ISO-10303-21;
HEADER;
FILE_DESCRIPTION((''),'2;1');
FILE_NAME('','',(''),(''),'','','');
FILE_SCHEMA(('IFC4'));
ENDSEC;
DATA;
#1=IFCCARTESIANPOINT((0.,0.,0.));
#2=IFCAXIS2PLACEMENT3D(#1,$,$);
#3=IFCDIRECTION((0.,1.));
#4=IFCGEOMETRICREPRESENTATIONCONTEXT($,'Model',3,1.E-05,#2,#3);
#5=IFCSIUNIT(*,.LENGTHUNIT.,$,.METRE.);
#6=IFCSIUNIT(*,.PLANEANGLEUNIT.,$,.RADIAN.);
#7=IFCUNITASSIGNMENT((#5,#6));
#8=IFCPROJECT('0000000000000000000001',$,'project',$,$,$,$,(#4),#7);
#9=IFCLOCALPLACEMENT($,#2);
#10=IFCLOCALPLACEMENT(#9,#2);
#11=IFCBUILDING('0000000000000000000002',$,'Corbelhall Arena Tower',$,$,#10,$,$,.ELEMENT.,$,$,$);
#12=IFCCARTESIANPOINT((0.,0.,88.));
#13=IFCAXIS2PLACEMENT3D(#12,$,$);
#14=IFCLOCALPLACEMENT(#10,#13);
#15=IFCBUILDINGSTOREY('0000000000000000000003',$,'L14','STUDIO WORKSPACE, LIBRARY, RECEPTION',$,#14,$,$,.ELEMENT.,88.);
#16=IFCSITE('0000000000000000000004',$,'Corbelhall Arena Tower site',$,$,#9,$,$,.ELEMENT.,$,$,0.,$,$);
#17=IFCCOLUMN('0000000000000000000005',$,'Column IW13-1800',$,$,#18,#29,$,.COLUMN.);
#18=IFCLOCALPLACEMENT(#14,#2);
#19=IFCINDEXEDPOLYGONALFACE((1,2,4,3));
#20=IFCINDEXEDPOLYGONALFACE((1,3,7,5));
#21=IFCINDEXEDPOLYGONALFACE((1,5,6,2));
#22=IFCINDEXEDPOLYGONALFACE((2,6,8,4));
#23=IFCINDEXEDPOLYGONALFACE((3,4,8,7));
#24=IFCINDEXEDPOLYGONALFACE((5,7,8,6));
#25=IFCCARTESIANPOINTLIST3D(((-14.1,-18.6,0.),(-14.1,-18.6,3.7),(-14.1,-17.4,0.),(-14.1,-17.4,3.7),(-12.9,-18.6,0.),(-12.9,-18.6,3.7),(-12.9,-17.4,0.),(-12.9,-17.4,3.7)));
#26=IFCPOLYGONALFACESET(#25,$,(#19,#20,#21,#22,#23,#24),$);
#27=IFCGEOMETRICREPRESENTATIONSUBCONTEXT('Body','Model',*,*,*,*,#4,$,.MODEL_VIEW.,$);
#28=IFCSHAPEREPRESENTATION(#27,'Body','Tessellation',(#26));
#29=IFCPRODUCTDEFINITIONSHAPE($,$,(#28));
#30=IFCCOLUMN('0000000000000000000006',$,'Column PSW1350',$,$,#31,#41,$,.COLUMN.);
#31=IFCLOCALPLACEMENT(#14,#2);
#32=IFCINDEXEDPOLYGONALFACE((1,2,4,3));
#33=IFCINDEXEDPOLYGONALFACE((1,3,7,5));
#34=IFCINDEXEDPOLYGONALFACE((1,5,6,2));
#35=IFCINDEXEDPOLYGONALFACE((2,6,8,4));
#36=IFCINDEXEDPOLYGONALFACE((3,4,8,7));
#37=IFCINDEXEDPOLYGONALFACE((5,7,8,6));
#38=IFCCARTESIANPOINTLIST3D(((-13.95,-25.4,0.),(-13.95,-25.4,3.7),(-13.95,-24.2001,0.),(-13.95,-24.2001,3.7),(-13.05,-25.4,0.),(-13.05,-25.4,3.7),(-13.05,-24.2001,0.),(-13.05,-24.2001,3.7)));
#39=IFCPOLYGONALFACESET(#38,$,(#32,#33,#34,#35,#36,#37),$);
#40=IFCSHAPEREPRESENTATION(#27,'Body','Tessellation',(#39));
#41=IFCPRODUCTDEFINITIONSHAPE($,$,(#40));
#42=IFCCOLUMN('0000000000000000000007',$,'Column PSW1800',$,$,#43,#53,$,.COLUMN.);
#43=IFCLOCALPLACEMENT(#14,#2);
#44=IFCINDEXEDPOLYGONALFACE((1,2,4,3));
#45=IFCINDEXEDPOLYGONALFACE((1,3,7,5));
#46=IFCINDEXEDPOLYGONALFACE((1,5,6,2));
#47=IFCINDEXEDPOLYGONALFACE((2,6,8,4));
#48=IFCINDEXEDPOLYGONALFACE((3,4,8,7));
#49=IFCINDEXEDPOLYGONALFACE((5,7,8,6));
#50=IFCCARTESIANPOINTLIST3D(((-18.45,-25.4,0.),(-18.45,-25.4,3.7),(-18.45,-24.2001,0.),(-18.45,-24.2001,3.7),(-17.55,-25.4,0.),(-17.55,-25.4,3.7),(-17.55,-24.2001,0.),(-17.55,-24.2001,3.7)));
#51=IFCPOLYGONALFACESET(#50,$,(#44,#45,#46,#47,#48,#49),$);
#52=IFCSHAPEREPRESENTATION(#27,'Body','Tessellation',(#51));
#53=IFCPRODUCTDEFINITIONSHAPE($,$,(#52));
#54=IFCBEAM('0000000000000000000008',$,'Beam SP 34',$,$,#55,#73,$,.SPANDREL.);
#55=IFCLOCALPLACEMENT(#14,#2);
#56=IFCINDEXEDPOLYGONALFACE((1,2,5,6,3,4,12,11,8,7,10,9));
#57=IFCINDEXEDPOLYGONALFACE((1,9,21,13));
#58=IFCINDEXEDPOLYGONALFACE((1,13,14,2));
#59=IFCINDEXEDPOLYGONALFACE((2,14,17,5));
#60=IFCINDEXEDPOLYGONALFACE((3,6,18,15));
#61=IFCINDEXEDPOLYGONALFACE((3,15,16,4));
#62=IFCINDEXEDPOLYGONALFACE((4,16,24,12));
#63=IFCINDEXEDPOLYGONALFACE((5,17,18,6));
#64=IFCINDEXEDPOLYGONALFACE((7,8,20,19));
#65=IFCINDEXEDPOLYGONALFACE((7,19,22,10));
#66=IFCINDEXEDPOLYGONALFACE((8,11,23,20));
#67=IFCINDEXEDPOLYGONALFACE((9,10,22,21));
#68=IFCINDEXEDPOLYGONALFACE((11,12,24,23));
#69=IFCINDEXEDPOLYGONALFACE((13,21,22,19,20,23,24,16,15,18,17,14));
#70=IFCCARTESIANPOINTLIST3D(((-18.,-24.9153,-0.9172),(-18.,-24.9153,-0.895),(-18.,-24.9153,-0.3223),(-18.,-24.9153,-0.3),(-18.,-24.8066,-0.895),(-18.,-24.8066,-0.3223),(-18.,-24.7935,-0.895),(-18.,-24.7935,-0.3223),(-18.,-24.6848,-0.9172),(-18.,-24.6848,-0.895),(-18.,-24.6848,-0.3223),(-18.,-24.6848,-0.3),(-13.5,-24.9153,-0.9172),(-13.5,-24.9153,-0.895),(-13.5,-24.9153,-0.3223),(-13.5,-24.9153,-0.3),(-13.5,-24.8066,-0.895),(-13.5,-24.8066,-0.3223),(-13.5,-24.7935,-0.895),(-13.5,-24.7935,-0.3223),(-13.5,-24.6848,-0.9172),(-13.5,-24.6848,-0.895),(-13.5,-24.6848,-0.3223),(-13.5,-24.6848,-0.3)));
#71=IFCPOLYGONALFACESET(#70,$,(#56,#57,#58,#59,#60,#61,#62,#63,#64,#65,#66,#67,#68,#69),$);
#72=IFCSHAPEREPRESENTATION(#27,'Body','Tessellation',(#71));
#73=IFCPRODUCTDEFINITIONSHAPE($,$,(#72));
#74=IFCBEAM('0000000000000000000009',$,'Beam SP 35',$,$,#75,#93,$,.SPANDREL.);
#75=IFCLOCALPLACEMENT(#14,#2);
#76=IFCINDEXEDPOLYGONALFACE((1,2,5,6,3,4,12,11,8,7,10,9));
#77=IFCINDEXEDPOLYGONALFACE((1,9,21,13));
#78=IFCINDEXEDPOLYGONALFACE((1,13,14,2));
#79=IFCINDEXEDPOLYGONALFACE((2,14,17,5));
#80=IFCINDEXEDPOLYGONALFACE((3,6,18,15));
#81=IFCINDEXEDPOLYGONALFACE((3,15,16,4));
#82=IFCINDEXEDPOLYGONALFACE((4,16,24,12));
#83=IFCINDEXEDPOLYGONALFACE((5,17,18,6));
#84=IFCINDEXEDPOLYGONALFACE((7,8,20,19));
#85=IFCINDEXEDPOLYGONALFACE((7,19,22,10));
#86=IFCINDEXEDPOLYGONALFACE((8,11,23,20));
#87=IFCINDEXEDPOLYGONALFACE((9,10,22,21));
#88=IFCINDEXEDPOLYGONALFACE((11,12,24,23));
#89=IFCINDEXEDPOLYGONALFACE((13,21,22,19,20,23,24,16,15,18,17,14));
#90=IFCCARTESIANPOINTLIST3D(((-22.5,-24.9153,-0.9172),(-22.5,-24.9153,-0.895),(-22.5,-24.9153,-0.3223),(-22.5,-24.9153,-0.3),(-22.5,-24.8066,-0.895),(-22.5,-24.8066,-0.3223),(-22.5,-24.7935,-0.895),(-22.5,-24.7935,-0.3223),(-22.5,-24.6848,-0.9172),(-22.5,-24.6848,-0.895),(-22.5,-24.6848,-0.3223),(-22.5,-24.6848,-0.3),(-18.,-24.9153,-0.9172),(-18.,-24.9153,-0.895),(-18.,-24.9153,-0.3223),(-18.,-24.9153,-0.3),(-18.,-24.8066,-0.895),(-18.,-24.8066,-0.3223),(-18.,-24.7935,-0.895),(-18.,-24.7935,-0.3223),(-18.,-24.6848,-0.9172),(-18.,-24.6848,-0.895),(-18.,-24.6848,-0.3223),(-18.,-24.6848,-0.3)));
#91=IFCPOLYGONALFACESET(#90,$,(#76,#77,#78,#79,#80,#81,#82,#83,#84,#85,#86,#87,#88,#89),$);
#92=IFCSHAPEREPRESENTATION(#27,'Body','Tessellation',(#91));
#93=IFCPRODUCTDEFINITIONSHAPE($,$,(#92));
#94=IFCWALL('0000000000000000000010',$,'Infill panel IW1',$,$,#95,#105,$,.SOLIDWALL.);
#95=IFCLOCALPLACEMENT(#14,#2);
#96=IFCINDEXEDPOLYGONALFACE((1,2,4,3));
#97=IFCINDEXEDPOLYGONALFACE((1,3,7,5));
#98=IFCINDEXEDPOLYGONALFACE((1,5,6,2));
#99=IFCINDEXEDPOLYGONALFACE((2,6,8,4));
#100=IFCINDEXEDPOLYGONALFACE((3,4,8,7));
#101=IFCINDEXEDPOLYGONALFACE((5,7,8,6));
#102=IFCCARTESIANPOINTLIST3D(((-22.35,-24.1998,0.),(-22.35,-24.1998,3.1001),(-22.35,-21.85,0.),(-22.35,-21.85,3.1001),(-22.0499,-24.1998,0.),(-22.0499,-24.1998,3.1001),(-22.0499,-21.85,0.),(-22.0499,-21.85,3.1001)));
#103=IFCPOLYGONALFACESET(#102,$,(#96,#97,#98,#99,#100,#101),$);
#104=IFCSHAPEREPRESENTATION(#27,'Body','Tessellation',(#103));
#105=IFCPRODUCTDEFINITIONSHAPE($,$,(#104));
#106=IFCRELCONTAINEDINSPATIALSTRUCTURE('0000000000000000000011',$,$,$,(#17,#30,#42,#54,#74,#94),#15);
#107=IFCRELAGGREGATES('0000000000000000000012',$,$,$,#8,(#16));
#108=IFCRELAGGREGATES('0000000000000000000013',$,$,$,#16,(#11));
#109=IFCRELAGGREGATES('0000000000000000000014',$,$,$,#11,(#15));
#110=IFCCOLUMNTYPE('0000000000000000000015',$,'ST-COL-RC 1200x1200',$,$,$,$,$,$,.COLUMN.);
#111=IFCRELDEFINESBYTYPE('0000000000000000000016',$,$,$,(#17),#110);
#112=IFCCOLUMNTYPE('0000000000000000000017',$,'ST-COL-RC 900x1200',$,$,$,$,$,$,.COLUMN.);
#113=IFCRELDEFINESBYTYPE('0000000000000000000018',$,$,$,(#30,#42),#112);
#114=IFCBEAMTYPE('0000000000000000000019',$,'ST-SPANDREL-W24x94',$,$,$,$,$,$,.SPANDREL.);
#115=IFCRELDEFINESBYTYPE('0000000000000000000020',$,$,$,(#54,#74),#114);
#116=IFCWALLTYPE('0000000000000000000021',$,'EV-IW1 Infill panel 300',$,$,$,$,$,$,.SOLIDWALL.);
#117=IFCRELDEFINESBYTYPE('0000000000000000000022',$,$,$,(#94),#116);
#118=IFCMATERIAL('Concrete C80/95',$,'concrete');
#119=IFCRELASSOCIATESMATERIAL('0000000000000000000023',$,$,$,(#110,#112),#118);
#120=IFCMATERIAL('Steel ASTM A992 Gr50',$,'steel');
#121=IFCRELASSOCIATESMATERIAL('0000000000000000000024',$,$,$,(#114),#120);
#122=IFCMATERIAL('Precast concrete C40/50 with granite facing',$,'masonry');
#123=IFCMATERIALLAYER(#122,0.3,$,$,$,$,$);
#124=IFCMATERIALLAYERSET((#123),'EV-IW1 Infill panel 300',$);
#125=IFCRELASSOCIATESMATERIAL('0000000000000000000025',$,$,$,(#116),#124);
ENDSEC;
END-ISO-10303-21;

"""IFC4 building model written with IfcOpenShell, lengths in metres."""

from ifc_helpers import new_model, si_unit, direction, frame, frame_2d, origin, origin_2d, place, context, subcontext, project, spatial, rectangle, i_section, extrude, material, layer, layer_set, material_profile, profile_set, type_object, element, save


model = new_model("IFC4")

# Units and contexts
model_context = context("Model", 3, precision=1e-05, world=origin(), true_north=direction((0.0, 1.0)))
body_context = subcontext(model_context, "Body", "Model", "MODEL_VIEW")
ifc_project = project(units=[si_unit("LENGTHUNIT", "METRE"), si_unit("PLANEANGLEUNIT", "RADIAN")], contexts=[model_context])

# Site, building, storey
site_placement = place(None, origin())
site = spatial("IfcSite", under=ifc_project, at=site_placement, Name="Corbelhall Arena Tower site", CompositionType="ELEMENT", RefElevation=0.0)
building_placement = place(site_placement, origin())
building = spatial("IfcBuilding", under=site, at=building_placement, Name="Corbelhall Arena Tower", CompositionType="ELEMENT")
storey_placement = place(building_placement, frame((0.0, 0.0, 88.0)))
storey = spatial("IfcBuildingStorey", under=building, at=storey_placement, Name="L14", Description="STUDIO WORKSPACE, LIBRARY, RECEPTION", CompositionType="ELEMENT", Elevation=88.0)

# Columns
ifc_material_1 = material(Name="Concrete C80/95", Category="concrete")
ifc_material_profile_1 = material_profile(ifc_material_1, rectangle(XDim=1.2, YDim=1.2, at=origin_2d()))
ifc_profile_set_1 = profile_set([ifc_material_profile_1], Name="Concrete C80/95")
column_type_1 = type_object("IfcColumnType", Name="ST-COL-RC 1200x1200", PredefinedType="COLUMN", material=ifc_profile_set_1)
column_placement = place(storey_placement, frame((-13.5, -18.0, 0.0), z_axis=(0.0, 0.0, 1.0), x_axis=(1.0, 0.0, 0.0)))
element("IfcColumn", 1, at=column_placement, inside=storey, type_object=column_type_1, Name="Column IW13-1800", PredefinedType="COLUMN", context=body_context, shape_type="SweptSolid", body=[
    extrude(rectangle(XDim=1.2, YDim=1.2, at=origin_2d()), origin(), (0.0, 0.0, 1.0), 3.7),
])
ifc_material_profile_2 = material_profile(ifc_material_1, rectangle(XDim=0.8999, YDim=1.2, at=origin_2d()))
ifc_profile_set_2 = profile_set([ifc_material_profile_2], Name="Concrete C80/95")
column_type_2 = type_object("IfcColumnType", Name="ST-COL-RC 900x1200", PredefinedType="COLUMN", material=ifc_profile_set_2)
for number, where, z_axis, x_axis, name in (
    (2, (-13.5, -24.8, 0.0), (0.0, 0.0, 1.0), (1.0, 0.0, 0.0), "Column PSW1350"),
    (3, (-18.0, -24.8, 0.0), (0.0, 0.0, 1.0), (1.0, 0.0, 0.0), "Column PSW1800"),
):
    element("IfcColumn", number, at=place(storey_placement, frame(where, z_axis=z_axis, x_axis=x_axis)), inside=storey, type_object=column_type_2, Name=name, PredefinedType="COLUMN", context=body_context, shape_type="SweptSolid", body=[
        extrude(rectangle(XDim=0.8999, YDim=1.2, at=origin_2d()), origin(), (0.0, 0.0, 1.0), 3.7),
    ])

# Beams
ifc_material_2 = material(Name="Steel ASTM A992 Gr50", Category="steel")
ifc_material_profile_3 = material_profile(ifc_material_2, i_section(OverallWidth=0.2305, OverallDepth=0.6172, WebThickness=0.0132, FlangeThickness=0.0222, at=origin_2d()))
ifc_profile_set_3 = profile_set([ifc_material_profile_3], Name="Steel ASTM A992 Gr50")
beam_type = type_object("IfcBeamType", Name="ST-SPANDREL-W24x94", PredefinedType="SPANDREL", material=ifc_profile_set_3)
for number, where, z_axis, x_axis, name in (
    (4, (-13.5, -24.8, -0.6086), (-1.0, 0.0, 0.0), (0.0, -1.0, 0.0), "Beam SP 34"),
    (5, (-18.0, -24.8, -0.6086), (-1.0, 0.0, 0.0), (0.0, -1.0, 0.0), "Beam SP 35"),
):
    element("IfcBeam", number, at=place(storey_placement, frame(where, z_axis=z_axis, x_axis=x_axis)), inside=storey, type_object=beam_type, Name=name, PredefinedType="SPANDREL", context=body_context, shape_type="SweptSolid", body=[
        extrude(i_section(OverallWidth=0.2305, OverallDepth=0.6172, WebThickness=0.0132, FlangeThickness=0.0222, at=origin_2d()), origin(), (0.0, 0.0, 1.0), 4.5),
    ])

# Wall
ifc_material_3 = material(Name="Precast concrete C40/50 with granite facing", Category="masonry")
ifc_layer_1 = layer(ifc_material_3, 0.3)
ifc_layer_set_1 = layer_set([ifc_layer_1], Name="EV-IW1 Infill panel 300")
wall_type_1 = type_object("IfcWallType", Name="EV-IW1 Infill panel 300", PredefinedType="SOLIDWALL", material=ifc_layer_set_1)
wall_1_placement = place(storey_placement, frame((-22.2, -21.8501, 0.0), z_axis=(0.0, 0.0, 1.0), x_axis=(0.0, -1.0, 0.0)))
element("IfcWall", 6, at=wall_1_placement, inside=storey, type_object=wall_type_1, Name="Infill panel IW1", PredefinedType="SOLIDWALL", context=body_context, shape_type="SweptSolid", body=[
    extrude(rectangle(XDim=2.3499, YDim=0.3, at=frame_2d((1.1748, 0.0))), origin(), (0.0, 0.0, 1.0), 3.1001),
])

save(model, "model.ifc")
